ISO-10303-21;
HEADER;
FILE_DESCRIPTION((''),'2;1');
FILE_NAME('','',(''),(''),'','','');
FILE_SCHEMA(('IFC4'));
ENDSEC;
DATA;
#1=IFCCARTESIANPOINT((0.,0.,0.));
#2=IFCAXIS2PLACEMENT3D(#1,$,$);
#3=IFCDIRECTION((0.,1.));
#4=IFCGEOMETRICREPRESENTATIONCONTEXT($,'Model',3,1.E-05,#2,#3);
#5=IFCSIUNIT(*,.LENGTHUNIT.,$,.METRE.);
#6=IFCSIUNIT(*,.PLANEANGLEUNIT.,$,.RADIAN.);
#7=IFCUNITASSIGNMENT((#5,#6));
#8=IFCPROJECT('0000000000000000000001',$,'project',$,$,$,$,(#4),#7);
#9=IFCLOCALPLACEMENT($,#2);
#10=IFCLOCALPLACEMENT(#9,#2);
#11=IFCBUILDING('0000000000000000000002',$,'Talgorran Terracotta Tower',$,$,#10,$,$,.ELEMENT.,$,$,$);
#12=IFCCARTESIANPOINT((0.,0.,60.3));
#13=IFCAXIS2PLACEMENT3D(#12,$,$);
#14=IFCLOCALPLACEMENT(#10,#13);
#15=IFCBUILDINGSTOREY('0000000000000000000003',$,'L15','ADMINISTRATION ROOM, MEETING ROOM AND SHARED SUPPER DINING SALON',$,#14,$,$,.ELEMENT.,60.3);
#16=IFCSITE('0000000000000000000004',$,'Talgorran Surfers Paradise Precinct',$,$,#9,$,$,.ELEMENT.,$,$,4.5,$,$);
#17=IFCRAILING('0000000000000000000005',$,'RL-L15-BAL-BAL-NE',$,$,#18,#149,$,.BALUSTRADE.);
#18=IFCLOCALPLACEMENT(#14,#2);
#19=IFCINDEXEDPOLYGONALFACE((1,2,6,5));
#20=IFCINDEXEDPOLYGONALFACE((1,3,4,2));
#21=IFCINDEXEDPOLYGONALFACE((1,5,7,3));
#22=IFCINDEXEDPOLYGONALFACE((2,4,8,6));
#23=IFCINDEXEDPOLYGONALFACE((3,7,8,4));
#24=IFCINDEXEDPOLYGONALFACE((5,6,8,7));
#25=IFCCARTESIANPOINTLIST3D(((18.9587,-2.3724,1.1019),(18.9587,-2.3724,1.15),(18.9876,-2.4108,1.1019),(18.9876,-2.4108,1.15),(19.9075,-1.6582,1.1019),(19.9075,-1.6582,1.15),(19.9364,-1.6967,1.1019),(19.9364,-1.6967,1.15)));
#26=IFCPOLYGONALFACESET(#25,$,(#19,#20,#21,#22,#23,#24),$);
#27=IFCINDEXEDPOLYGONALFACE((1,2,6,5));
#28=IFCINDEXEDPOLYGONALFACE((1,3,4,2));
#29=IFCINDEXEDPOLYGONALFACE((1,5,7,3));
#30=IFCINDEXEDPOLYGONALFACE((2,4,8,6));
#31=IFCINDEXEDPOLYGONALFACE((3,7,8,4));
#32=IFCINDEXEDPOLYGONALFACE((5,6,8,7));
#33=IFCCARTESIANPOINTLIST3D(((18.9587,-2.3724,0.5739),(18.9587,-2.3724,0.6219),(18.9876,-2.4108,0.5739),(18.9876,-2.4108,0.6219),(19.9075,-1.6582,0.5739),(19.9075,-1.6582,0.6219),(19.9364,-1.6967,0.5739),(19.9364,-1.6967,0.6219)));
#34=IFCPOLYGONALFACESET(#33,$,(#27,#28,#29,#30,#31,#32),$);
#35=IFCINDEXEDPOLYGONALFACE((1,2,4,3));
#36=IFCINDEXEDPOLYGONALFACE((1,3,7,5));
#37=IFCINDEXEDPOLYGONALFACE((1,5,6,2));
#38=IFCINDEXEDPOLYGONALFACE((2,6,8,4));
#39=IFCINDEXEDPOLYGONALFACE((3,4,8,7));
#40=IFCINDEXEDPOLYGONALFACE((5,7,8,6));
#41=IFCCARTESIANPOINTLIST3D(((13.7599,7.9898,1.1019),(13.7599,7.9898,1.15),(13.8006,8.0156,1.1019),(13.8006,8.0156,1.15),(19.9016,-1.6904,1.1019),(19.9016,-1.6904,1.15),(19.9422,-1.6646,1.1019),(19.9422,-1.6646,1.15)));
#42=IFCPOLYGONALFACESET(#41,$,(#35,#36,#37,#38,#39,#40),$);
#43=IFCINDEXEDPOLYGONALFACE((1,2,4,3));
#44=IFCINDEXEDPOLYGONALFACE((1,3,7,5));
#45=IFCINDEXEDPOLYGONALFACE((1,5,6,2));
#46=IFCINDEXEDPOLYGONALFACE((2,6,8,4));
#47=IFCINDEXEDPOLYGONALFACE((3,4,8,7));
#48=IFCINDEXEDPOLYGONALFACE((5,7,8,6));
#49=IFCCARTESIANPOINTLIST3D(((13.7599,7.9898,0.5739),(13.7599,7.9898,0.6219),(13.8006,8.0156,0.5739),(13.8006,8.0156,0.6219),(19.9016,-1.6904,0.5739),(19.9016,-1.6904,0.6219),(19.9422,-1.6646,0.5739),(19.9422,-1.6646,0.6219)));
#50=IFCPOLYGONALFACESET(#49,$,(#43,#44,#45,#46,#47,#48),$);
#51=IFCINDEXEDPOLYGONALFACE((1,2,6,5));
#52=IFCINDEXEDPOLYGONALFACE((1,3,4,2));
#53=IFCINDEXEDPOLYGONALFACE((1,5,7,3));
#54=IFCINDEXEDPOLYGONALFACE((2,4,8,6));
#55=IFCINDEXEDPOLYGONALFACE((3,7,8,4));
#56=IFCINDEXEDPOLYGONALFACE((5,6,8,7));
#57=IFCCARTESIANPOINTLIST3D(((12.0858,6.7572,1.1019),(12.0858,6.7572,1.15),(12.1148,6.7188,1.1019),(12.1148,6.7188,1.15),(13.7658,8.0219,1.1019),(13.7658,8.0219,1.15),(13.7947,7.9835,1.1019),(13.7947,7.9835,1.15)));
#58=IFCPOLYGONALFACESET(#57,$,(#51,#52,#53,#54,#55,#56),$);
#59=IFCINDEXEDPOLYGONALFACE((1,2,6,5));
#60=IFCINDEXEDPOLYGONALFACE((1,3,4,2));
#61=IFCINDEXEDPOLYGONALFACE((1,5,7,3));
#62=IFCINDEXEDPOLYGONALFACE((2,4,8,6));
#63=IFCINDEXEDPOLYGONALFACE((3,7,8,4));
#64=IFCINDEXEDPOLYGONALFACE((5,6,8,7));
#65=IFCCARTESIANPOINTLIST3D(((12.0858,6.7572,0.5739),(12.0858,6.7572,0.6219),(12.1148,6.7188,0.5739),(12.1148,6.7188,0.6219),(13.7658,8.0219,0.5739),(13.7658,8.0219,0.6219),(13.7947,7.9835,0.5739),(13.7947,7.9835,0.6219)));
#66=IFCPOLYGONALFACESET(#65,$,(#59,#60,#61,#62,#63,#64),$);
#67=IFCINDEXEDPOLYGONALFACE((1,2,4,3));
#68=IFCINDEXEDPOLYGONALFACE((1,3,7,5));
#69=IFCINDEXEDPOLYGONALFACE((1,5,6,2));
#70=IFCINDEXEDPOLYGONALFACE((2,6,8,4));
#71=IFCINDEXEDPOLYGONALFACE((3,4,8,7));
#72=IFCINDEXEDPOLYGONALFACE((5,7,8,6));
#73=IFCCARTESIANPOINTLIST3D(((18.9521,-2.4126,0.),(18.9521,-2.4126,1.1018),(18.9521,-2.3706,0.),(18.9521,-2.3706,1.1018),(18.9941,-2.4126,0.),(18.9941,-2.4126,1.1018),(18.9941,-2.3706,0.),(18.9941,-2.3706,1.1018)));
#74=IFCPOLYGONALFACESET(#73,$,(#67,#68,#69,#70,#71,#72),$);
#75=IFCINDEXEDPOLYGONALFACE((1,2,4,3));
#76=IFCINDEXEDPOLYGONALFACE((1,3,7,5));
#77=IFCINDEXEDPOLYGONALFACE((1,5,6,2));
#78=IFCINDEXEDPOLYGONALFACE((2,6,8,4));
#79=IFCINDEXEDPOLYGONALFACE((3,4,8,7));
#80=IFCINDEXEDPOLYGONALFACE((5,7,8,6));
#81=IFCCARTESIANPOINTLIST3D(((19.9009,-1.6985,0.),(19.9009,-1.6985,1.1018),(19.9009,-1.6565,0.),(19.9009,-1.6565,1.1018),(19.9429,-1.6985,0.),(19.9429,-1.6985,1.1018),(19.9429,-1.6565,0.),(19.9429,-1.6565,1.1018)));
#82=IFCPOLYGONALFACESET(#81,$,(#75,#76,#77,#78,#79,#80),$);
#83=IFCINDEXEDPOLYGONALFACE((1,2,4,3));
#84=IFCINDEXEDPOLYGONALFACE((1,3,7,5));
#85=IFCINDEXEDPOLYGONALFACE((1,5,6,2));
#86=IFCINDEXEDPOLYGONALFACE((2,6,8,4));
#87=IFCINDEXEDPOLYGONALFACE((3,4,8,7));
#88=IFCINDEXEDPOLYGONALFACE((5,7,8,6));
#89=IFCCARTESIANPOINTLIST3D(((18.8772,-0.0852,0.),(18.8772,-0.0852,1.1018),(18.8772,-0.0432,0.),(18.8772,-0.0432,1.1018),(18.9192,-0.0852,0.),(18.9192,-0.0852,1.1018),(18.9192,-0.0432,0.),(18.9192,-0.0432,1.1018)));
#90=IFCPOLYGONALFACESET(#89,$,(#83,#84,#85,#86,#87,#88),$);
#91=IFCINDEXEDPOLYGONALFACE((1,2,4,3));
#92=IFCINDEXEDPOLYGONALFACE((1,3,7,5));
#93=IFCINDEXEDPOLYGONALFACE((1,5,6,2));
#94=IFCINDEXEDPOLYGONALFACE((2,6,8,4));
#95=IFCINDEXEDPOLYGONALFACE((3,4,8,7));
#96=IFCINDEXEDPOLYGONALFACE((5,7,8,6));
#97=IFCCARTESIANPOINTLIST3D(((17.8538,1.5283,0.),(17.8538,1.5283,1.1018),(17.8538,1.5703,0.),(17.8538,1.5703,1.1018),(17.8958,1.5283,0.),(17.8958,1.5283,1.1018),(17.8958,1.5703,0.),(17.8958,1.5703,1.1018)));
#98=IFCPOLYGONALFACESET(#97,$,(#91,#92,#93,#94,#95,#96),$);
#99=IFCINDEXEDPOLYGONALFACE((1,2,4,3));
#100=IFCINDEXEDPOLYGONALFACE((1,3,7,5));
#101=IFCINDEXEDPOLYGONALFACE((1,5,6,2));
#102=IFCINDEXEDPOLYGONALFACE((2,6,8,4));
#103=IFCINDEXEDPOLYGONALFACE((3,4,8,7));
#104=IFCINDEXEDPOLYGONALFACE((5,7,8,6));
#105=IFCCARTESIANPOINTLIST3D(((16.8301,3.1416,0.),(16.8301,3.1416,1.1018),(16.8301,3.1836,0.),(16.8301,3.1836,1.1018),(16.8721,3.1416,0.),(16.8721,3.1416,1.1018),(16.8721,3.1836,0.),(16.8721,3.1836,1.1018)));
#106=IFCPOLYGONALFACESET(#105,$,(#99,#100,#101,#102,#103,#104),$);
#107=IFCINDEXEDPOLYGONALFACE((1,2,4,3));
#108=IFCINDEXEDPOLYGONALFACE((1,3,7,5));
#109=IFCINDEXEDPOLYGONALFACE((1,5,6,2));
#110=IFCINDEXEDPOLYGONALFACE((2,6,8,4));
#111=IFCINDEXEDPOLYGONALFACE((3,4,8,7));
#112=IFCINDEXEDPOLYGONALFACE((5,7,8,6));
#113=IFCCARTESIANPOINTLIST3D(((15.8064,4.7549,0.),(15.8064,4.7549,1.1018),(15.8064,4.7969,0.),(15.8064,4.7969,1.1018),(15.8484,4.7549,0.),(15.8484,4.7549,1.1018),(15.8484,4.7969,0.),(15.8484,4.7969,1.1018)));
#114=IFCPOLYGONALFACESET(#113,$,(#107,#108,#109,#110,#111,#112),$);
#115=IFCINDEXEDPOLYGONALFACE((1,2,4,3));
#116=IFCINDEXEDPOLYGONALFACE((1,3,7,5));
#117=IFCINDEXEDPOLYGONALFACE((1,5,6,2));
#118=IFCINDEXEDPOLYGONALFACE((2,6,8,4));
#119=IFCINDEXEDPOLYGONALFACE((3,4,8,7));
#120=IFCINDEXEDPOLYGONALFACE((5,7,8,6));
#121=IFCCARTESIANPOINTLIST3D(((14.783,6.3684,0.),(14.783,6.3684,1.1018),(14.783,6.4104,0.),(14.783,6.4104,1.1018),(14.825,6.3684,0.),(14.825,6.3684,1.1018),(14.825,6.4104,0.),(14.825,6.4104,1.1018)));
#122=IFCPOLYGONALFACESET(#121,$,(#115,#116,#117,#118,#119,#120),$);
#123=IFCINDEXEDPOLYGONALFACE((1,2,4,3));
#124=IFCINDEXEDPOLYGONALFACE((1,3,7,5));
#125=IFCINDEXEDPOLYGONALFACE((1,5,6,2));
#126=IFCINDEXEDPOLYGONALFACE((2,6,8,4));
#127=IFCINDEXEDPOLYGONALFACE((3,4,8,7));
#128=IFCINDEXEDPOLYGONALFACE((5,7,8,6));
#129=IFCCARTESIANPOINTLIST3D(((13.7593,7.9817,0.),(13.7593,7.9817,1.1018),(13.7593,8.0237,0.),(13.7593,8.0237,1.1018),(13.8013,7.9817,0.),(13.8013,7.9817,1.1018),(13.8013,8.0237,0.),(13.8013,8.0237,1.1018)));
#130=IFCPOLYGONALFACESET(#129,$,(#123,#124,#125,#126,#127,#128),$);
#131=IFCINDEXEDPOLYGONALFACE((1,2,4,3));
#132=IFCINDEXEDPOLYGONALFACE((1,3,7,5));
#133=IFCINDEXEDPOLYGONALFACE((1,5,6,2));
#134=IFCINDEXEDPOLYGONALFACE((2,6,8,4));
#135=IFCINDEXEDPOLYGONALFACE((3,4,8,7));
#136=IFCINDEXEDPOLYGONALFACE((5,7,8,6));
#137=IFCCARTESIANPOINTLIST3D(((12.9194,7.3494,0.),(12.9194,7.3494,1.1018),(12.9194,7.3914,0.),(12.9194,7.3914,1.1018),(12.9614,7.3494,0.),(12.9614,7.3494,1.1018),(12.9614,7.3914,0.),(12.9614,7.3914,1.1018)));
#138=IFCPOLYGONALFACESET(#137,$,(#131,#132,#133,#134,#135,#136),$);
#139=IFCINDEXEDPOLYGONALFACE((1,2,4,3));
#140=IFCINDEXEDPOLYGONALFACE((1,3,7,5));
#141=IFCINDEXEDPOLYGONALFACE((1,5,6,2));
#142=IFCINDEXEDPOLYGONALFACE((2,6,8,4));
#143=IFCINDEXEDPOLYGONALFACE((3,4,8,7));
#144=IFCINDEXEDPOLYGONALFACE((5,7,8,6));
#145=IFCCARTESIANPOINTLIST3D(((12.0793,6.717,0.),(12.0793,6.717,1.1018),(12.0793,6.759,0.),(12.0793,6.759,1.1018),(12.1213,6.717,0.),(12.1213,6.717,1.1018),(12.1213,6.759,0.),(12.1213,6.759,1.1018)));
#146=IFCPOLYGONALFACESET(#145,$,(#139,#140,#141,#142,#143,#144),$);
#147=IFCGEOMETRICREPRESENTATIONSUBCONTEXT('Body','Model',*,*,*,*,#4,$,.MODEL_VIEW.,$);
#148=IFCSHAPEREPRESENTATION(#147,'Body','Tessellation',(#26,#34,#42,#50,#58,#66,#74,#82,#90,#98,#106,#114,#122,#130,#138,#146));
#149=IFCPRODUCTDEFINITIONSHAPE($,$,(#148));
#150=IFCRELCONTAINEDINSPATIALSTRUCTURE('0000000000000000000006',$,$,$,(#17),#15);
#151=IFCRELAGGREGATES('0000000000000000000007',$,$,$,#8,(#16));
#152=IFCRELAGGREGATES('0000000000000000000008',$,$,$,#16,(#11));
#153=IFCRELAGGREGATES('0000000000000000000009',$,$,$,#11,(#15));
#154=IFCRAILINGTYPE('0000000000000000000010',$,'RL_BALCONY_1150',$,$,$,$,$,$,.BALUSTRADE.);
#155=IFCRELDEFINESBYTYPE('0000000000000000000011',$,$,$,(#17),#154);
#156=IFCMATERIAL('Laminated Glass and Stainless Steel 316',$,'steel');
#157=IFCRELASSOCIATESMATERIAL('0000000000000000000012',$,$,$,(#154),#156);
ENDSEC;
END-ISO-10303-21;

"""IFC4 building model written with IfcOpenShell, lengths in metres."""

from ifc_helpers import new_model, si_unit, direction, frame, origin, origin_2d, place, context, subcontext, project, spatial, rectangle, extrude, material, type_object, element, save


model = new_model("IFC4")

# Units and contexts
model_context = context("Model", 3, precision=1e-05, world=origin(), true_north=direction((0.0, 1.0)))
body_context = subcontext(model_context, "Body", "Model", "MODEL_VIEW")
ifc_project = project(units=[si_unit("LENGTHUNIT", "METRE"), si_unit("PLANEANGLEUNIT", "RADIAN")], contexts=[model_context])

# Site, building, storey
site_placement = place(None, origin())
site = spatial("IfcSite", under=ifc_project, at=site_placement, Name="Talgorran Surfers Paradise Precinct", CompositionType="ELEMENT", RefElevation=4.5)
building_placement = place(site_placement, origin())
building = spatial("IfcBuilding", under=site, at=building_placement, Name="Talgorran Terracotta Tower", CompositionType="ELEMENT")
storey_placement = place(building_placement, frame((0.0, 0.0, 60.3)))
storey = spatial("IfcBuildingStorey", under=building, at=storey_placement, Name="L15", Description="ADMINISTRATION ROOM, MEETING ROOM AND SHARED SUPPER DINING SALON", CompositionType="ELEMENT", Elevation=60.3)

# Railing
ifc_material_1 = material(Name="Laminated Glass and Stainless Steel 316", Category="steel")
railing_type = type_object("IfcRailingType", Name="RL_BALCONY_1150", PredefinedType="BALUSTRADE", material=ifc_material_1)
railing_placement = place(storey_placement, frame((18.9731, -2.3916, 0.0)))
element("IfcRailing", 1, at=railing_placement, inside=storey, type_object=railing_type, Name="RL-L15-BAL-BAL-NE", PredefinedType="BALUSTRADE", context=body_context, shape_type="SweptSolid", body=[
    extrude(rectangle(XDim=0.0481, YDim=0.0481, at=origin_2d()), frame((0.0, 0.0, 1.126), z_axis=(0.798963, 0.601381, 0.0), x_axis=(-0.601381, 0.798963, 0.0)), (0.0, 0.0, 1.0), 1.1875),
    extrude(rectangle(XDim=0.0481, YDim=0.0481, at=origin_2d()), frame((0.0, 0.0, 0.5979), z_axis=(0.798963, 0.601381, 0.0), x_axis=(-0.601381, 0.798963, 0.0)), (0.0, 0.0, 1.0), 1.1875),
    extrude(rectangle(XDim=0.0481, YDim=0.0481, at=origin_2d()), frame((0.9487, 0.7141, 1.126), z_axis=(-0.535726, 0.844392, 0.0), x_axis=(-0.844392, -0.535726, 0.0)), (0.0, 0.0, 1.0), 11.4641),
    extrude(rectangle(XDim=0.0481, YDim=0.0481, at=origin_2d()), frame((0.9487, 0.7141, 0.5979), z_axis=(-0.535726, 0.844392, 0.0), x_axis=(-0.844392, -0.535726, 0.0)), (0.0, 0.0, 1.0), 11.4641),
    extrude(rectangle(XDim=0.0481, YDim=0.0481, at=origin_2d()), frame((-5.1929, 10.3943, 1.126), z_axis=(-0.798926, -0.601429, 0.0), x_axis=(0.601429, -0.798926, 0.0)), (0.0, 0.0, 1.0), 2.1028),
    extrude(rectangle(XDim=0.0481, YDim=0.0481, at=origin_2d()), frame((-5.1929, 10.3943, 0.5979), z_axis=(-0.798926, -0.601429, 0.0), x_axis=(0.601429, -0.798926, 0.0)), (0.0, 0.0, 1.0), 2.1028),
    extrude(rectangle(XDim=0.042, YDim=0.042, at=origin_2d()), origin(), (0.0, 0.0, 1.0), 1.1018),
    extrude(rectangle(XDim=0.042, YDim=0.042, at=origin_2d()), frame((0.9487, 0.7141, 0.0)), (0.0, 0.0, 1.0), 1.1018),
    extrude(rectangle(XDim=0.042, YDim=0.042, at=origin_2d()), frame((-0.075, 2.3274, 0.0)), (0.0, 0.0, 1.0), 1.1018),
    extrude(rectangle(XDim=0.042, YDim=0.042, at=origin_2d()), frame((-1.0984, 3.9409, 0.0)), (0.0, 0.0, 1.0), 1.1018),
    extrude(rectangle(XDim=0.042, YDim=0.042, at=origin_2d()), frame((-2.1221, 5.5542, 0.0)), (0.0, 0.0, 1.0), 1.1018),
    extrude(rectangle(XDim=0.042, YDim=0.042, at=origin_2d()), frame((-3.1458, 7.1675, 0.0)), (0.0, 0.0, 1.0), 1.1018),
    extrude(rectangle(XDim=0.042, YDim=0.042, at=origin_2d()), frame((-4.1692, 8.781, 0.0)), (0.0, 0.0, 1.0), 1.1018),
    extrude(rectangle(XDim=0.042, YDim=0.042, at=origin_2d()), frame((-5.1929, 10.3943, 0.0)), (0.0, 0.0, 1.0), 1.1018),
    extrude(rectangle(XDim=0.042, YDim=0.042, at=origin_2d()), frame((-6.0327, 9.762, 0.0)), (0.0, 0.0, 1.0), 1.1018),
    extrude(rectangle(XDim=0.042, YDim=0.042, at=origin_2d()), frame((-6.8728, 9.1296, 0.0)), (0.0, 0.0, 1.0), 1.1018),
])

save(model, "model.ifc")
